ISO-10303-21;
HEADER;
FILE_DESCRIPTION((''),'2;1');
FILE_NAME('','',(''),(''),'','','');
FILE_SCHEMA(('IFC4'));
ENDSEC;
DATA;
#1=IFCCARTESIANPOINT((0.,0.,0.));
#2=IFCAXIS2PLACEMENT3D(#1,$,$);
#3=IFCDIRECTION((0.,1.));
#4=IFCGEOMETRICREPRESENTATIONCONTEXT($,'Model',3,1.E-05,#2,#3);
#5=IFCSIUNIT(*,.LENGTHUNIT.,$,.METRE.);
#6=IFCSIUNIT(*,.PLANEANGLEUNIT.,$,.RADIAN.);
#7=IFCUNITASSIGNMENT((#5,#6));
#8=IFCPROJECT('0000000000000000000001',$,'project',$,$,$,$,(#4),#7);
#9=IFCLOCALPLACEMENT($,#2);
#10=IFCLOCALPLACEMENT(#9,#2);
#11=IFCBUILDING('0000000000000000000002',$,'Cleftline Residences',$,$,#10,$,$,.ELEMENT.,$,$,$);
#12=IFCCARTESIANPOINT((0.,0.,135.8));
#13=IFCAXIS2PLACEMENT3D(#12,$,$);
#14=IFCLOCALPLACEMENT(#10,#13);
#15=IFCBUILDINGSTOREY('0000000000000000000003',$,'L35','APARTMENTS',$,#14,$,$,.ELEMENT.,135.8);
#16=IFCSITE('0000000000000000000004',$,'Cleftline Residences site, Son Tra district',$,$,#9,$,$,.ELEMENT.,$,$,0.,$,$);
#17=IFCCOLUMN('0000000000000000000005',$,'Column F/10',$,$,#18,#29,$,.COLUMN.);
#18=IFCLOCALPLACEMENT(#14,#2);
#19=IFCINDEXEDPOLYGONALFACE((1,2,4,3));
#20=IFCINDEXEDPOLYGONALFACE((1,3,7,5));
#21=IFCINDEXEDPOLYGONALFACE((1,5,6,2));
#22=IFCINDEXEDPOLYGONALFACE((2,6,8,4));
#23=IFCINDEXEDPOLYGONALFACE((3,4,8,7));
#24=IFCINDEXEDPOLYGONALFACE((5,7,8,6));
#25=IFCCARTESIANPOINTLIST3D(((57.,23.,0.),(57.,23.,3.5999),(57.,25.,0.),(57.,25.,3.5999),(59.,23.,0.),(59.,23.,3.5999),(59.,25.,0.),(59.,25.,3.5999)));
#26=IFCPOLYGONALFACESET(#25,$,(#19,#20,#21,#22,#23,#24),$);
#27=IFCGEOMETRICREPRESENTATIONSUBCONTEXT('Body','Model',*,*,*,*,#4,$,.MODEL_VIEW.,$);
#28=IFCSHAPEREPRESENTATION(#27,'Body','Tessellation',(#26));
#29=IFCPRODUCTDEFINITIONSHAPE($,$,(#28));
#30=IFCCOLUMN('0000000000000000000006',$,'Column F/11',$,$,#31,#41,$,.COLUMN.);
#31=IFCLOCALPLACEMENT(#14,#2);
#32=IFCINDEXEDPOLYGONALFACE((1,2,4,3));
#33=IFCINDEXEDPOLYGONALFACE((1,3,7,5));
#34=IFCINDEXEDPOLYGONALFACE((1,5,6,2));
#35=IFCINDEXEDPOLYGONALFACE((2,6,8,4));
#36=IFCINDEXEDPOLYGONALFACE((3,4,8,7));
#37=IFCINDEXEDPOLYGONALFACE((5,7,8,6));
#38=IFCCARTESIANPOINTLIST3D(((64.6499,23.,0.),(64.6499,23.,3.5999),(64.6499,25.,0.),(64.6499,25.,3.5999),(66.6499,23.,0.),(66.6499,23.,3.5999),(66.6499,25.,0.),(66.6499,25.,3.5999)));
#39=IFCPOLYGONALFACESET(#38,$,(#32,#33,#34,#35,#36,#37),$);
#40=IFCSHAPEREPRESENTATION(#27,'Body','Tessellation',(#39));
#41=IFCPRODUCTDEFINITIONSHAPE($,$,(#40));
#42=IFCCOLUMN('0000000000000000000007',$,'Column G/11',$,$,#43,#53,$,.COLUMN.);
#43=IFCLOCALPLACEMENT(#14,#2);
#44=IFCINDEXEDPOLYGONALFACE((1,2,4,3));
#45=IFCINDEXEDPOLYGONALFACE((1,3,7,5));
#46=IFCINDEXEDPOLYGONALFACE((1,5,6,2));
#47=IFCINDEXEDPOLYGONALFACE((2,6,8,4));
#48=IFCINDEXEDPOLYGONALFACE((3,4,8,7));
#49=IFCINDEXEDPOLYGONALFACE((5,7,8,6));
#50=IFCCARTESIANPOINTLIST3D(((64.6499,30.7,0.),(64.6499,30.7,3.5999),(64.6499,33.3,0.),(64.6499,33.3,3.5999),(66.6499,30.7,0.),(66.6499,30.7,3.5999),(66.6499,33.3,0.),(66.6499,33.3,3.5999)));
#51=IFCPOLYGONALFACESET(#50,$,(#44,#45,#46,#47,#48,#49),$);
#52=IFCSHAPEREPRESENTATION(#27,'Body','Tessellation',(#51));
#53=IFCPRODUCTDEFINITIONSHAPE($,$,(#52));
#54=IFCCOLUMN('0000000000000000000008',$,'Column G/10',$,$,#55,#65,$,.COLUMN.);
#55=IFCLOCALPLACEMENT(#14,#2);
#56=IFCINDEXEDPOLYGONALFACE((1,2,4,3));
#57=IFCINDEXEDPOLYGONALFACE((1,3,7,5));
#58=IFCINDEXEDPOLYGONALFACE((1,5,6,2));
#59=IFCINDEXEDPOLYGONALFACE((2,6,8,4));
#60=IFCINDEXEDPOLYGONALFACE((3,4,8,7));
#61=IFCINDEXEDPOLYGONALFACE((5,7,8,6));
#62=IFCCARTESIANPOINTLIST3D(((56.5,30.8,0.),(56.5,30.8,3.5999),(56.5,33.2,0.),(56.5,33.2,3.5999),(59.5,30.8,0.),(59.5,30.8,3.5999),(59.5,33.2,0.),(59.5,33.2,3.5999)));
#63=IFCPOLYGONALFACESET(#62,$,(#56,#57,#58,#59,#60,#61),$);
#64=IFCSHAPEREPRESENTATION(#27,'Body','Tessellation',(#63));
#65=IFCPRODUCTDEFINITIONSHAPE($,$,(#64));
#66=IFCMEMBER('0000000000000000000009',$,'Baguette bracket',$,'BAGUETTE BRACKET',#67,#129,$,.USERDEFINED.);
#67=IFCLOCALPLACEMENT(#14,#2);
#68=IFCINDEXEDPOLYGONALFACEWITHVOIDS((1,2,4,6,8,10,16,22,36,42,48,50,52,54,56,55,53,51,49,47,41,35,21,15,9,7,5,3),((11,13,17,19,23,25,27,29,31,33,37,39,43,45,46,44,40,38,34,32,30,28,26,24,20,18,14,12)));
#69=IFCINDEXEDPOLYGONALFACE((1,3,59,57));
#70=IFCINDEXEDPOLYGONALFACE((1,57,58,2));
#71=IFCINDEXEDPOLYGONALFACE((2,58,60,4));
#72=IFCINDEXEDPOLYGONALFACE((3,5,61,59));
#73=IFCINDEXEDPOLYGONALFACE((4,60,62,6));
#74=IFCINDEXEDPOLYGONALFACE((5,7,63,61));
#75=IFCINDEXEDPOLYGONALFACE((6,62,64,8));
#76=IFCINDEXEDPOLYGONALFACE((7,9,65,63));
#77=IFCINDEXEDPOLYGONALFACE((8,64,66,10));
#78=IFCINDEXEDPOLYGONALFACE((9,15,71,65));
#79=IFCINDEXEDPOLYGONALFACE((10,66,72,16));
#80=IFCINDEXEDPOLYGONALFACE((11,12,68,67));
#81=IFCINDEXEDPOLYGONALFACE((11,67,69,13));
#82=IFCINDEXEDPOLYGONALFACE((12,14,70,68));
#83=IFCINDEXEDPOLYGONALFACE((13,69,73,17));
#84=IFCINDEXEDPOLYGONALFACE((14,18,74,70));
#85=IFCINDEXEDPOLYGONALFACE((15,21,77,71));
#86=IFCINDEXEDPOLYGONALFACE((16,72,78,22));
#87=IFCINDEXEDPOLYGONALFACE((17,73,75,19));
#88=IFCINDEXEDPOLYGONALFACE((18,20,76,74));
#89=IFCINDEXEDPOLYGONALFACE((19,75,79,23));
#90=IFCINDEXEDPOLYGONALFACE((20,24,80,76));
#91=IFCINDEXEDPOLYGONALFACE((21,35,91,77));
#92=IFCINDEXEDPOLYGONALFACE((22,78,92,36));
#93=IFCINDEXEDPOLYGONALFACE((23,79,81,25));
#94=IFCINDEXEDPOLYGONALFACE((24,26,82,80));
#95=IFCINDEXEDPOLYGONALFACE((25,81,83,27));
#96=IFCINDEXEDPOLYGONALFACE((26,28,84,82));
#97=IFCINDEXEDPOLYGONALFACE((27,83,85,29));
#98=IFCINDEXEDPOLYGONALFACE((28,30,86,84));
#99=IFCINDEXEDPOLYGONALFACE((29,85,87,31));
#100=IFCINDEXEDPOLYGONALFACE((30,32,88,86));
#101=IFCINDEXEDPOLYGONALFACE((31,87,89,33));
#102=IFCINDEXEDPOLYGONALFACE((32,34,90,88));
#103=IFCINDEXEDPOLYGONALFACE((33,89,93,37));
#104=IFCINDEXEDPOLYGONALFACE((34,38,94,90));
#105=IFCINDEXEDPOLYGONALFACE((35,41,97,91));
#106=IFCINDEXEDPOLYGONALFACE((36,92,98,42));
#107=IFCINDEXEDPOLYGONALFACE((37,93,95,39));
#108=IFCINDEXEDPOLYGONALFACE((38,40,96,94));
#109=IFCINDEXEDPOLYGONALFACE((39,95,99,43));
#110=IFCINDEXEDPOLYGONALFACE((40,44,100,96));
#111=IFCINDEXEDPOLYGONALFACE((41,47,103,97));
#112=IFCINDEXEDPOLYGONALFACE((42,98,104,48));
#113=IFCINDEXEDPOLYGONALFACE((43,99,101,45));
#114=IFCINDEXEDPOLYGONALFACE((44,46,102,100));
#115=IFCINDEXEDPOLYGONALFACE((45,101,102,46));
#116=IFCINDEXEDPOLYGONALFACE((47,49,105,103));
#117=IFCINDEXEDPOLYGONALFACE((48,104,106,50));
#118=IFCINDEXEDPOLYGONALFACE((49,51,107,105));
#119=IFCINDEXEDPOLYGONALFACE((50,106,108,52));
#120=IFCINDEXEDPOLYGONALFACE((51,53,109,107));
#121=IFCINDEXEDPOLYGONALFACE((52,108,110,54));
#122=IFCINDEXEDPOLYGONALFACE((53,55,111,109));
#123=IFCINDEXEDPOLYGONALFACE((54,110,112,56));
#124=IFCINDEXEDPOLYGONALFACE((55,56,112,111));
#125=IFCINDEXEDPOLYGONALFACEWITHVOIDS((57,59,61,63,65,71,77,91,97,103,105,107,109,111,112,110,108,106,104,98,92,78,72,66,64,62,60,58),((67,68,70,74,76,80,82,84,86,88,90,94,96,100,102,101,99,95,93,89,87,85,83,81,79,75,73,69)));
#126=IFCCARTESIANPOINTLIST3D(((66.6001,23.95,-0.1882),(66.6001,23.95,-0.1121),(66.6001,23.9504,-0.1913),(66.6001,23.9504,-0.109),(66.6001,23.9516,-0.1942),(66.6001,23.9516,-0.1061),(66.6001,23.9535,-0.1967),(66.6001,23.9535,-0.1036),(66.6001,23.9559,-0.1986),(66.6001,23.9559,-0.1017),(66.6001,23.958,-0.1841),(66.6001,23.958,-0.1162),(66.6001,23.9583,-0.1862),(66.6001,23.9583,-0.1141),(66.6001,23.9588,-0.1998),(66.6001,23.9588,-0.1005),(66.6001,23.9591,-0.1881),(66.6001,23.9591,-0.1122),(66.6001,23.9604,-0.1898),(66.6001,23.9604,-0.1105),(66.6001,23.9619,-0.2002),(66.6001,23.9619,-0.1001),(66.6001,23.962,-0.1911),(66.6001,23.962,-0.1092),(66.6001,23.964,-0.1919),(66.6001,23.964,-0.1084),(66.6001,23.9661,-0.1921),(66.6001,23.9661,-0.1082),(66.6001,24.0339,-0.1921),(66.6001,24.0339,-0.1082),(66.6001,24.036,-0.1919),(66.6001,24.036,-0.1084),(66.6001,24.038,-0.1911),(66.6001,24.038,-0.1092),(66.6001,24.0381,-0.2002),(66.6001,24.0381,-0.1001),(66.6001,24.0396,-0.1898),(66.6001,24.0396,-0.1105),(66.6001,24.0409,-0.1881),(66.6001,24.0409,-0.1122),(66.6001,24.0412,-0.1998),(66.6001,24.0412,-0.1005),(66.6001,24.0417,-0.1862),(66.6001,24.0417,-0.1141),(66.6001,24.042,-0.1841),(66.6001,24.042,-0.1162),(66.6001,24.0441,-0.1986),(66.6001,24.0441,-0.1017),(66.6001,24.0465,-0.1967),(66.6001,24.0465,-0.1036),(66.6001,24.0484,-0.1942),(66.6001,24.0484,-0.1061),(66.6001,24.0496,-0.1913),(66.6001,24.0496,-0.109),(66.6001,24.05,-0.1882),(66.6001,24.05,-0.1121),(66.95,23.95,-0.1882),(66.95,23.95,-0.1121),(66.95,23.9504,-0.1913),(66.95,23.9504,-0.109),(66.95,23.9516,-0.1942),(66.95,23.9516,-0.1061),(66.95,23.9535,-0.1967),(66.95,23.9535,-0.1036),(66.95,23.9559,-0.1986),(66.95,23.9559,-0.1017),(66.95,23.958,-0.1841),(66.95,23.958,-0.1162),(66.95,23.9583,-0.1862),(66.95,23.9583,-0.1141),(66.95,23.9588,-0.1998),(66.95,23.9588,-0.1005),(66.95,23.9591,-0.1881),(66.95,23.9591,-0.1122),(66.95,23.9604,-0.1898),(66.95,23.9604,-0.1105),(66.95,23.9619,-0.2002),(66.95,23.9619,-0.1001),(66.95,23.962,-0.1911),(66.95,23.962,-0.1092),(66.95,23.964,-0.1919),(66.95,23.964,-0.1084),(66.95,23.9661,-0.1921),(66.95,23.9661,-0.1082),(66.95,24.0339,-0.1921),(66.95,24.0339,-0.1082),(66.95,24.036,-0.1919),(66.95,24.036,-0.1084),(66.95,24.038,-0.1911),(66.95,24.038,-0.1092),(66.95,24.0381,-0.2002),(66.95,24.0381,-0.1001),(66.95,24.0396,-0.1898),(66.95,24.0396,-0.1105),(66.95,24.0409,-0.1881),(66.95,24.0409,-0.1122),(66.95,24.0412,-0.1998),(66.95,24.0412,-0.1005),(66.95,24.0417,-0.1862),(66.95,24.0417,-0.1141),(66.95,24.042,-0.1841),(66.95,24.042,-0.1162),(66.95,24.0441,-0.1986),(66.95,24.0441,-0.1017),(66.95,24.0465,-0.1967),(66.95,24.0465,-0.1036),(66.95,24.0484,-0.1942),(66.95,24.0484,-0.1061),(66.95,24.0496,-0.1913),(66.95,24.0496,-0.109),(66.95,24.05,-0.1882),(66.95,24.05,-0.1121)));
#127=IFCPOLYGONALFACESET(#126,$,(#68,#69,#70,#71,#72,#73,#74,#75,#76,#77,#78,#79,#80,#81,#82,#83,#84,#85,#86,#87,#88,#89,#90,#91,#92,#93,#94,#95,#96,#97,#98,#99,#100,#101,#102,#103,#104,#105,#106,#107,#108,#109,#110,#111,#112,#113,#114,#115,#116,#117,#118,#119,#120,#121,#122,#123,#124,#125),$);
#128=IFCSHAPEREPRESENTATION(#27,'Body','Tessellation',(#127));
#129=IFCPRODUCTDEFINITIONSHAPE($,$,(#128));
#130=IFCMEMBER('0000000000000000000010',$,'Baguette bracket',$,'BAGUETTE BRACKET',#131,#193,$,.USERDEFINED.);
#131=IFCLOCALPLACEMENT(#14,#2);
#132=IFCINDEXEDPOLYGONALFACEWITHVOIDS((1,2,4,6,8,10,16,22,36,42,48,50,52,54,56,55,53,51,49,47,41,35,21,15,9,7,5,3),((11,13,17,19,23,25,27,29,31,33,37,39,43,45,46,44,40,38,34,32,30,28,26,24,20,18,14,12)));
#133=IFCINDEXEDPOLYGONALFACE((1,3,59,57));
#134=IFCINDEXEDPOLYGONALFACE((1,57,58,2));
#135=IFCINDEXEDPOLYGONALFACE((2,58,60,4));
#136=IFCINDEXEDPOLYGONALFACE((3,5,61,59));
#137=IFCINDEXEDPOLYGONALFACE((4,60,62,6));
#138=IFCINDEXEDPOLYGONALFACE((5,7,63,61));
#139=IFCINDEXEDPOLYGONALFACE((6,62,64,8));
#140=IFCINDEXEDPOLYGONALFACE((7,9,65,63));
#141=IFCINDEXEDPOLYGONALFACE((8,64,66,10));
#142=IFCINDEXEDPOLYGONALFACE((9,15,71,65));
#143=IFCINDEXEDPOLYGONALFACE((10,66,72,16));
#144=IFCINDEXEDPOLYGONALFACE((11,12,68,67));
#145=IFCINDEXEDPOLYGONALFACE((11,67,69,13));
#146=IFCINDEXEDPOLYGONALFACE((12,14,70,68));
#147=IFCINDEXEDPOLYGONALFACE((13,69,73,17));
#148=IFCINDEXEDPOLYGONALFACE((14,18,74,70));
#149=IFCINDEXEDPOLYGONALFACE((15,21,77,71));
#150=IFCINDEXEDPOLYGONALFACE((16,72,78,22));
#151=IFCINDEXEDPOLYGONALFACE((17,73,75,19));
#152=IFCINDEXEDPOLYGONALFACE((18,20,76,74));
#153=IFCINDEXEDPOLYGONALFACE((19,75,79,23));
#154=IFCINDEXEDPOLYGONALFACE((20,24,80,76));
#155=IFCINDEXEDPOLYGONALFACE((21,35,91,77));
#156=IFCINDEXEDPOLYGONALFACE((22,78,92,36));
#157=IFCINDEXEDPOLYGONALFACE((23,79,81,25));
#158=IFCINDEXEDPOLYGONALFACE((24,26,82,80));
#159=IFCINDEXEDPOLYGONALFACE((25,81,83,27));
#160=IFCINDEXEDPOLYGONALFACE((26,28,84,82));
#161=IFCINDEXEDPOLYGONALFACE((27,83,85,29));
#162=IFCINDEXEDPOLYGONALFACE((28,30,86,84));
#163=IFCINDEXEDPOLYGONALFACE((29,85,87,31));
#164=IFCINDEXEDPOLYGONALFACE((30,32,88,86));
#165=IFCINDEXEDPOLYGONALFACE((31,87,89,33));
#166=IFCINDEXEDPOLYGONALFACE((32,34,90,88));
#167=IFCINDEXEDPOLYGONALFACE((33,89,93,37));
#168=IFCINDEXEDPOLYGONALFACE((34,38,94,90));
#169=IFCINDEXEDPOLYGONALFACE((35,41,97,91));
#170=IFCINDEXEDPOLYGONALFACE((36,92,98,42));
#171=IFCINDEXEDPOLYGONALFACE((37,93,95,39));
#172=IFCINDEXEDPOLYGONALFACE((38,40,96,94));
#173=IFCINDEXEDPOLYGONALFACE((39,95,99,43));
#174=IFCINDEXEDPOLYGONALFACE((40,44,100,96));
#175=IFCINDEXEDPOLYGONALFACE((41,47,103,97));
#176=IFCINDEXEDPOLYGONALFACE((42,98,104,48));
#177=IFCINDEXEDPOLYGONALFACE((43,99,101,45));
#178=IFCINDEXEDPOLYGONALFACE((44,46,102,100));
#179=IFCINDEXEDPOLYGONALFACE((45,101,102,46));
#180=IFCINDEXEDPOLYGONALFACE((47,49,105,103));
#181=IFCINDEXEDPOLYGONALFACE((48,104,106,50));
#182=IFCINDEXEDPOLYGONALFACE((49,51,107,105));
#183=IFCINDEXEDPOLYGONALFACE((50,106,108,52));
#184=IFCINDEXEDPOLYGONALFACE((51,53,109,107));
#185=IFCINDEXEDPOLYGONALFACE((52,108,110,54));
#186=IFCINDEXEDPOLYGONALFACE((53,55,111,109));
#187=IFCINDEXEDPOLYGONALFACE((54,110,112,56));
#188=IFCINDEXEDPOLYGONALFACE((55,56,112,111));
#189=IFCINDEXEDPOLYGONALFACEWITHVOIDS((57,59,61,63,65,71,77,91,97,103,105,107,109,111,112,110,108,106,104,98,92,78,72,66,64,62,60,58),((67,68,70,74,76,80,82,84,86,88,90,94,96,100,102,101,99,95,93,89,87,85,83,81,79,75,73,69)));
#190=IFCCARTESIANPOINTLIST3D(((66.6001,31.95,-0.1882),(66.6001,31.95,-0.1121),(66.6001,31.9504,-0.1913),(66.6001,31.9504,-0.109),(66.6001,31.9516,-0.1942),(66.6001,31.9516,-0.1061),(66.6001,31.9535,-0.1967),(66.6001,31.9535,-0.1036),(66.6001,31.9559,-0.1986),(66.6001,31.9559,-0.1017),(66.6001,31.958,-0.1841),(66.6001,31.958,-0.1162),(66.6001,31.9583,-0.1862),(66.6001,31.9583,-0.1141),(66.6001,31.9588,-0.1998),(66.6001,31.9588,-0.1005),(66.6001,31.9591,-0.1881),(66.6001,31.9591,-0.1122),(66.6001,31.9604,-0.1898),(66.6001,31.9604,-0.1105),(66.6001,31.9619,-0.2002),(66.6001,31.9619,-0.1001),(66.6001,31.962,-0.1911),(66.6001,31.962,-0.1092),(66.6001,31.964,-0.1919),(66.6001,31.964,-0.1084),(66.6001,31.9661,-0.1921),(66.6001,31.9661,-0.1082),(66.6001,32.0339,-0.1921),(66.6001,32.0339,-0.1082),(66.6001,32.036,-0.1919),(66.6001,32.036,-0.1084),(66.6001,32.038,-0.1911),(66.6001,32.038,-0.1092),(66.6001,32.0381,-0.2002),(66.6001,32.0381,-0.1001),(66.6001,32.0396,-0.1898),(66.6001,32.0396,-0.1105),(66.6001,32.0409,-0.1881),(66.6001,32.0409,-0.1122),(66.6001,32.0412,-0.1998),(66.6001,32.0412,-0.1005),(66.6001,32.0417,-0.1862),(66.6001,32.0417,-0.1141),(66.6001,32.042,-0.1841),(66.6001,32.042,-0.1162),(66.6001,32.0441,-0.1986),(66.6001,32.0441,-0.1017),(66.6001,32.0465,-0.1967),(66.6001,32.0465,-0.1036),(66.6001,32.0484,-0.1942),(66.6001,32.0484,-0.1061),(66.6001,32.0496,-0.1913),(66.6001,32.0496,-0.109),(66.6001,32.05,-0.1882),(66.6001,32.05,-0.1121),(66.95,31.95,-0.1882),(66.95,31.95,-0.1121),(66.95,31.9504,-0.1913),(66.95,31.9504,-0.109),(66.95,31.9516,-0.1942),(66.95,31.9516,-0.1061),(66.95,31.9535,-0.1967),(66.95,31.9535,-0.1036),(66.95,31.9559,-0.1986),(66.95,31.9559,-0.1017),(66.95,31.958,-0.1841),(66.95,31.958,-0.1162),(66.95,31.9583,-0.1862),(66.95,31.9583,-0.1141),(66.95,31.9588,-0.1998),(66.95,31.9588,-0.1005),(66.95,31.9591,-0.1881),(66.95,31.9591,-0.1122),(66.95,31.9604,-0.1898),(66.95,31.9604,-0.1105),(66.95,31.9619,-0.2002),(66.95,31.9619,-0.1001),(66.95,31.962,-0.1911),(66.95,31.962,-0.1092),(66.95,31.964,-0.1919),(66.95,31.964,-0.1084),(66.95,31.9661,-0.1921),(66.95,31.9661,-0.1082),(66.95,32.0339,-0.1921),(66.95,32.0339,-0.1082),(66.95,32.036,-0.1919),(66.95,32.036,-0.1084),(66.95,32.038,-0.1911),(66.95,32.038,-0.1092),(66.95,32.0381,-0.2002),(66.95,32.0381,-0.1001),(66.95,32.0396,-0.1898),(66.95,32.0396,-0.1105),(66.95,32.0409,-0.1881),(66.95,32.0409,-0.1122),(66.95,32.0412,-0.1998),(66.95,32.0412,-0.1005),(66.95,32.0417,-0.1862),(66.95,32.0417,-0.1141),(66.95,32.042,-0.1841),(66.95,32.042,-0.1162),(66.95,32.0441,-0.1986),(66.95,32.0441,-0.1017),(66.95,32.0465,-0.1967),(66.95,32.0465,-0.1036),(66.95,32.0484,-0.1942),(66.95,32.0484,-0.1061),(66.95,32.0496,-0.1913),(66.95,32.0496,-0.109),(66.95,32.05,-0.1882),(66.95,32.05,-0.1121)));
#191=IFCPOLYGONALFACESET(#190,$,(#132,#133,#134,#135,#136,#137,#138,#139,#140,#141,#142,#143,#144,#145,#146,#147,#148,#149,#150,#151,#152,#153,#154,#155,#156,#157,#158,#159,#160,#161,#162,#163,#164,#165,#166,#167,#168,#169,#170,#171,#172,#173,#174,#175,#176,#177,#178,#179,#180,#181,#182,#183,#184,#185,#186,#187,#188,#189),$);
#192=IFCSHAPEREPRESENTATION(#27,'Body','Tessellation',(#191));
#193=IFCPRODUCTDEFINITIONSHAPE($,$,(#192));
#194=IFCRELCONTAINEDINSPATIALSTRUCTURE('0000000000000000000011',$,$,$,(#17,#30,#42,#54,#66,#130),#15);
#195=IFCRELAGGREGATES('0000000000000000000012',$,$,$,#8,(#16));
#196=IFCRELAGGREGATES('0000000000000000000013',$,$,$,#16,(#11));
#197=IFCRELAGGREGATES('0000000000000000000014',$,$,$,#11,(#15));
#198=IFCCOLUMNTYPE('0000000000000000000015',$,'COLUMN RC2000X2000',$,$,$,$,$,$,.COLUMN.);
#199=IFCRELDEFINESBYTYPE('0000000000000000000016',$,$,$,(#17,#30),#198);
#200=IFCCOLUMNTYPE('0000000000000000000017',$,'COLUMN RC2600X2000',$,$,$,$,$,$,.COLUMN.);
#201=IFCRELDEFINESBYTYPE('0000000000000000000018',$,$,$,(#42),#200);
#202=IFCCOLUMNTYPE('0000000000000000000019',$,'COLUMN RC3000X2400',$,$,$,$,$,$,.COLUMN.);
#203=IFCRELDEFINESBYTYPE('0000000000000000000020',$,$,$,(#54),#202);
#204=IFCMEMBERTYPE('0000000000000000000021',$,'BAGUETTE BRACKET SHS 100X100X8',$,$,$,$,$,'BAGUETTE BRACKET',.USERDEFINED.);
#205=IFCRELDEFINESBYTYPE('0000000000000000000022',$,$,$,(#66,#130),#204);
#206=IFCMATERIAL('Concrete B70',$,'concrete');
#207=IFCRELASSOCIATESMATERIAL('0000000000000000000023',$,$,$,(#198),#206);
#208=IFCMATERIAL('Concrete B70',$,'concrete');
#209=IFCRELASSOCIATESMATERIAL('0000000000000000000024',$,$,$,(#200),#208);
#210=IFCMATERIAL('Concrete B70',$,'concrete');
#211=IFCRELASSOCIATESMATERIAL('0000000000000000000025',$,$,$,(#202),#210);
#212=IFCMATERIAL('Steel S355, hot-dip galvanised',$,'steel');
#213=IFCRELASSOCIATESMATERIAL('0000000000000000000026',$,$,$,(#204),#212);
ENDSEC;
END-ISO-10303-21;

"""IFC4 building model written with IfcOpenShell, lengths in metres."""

from ifc_helpers import new_model, si_unit, direction, frame, origin, origin_2d, place, context, subcontext, project, spatial, rectangle, hollow_rectangle, extrude, material, material_profile, profile_set, type_object, element, save


model = new_model("IFC4")

# Units and contexts
model_context = context("Model", 3, precision=1e-05, world=origin(), true_north=direction((0.0, 1.0)))
body_context = subcontext(model_context, "Body", "Model", "MODEL_VIEW")
ifc_project = project(units=[si_unit("LENGTHUNIT", "METRE"), si_unit("PLANEANGLEUNIT", "RADIAN")], contexts=[model_context])

# Site, building, storey
site_placement = place(None, origin())
site = spatial("IfcSite", under=ifc_project, at=site_placement, Name="Cleftline Residences site, Son Tra district", CompositionType="ELEMENT", RefElevation=0.0)
building_placement = place(site_placement, origin())
building = spatial("IfcBuilding", under=site, at=building_placement, Name="Cleftline Residences", CompositionType="ELEMENT")
storey_placement = place(building_placement, frame((0.0, 0.0, 135.8)))
storey = spatial("IfcBuildingStorey", under=building, at=storey_placement, Name="L35", Description="APARTMENTS", CompositionType="ELEMENT", Elevation=135.8)

# Columns
ifc_material_1 = material(Name="Concrete B70", Category="concrete")
ifc_material_profile_1 = material_profile(ifc_material_1, rectangle(XDim=2.0, YDim=2.0, at=origin_2d()))
ifc_profile_set_1 = profile_set([ifc_material_profile_1], Name="Concrete B70")
column_type_1 = type_object("IfcColumnType", Name="COLUMN RC2000X2000", PredefinedType="COLUMN", material=ifc_profile_set_1)
for number, where, z_axis, x_axis, name in (
    (1, (58.0, 24.0, 0.0), (0.0, 0.0, 1.0), (1.0, 0.0, 0.0), "Column F/10"),
    (2, (65.6499, 24.0, 0.0), (0.0, 0.0, 1.0), (1.0, 0.0, 0.0), "Column F/11"),
):
    element("IfcColumn", number, at=place(storey_placement, frame(where, z_axis=z_axis, x_axis=x_axis)), inside=storey, type_object=column_type_1, Name=name, PredefinedType="COLUMN", context=body_context, shape_type="SweptSolid", body=[
        extrude(rectangle(XDim=2.0, YDim=2.0, at=origin_2d()), origin(), (0.0, 0.0, 1.0), 3.5999),
    ])
ifc_material_2 = material(Name="Concrete B70", Category="concrete")
ifc_material_profile_2 = material_profile(ifc_material_2, rectangle(XDim=2.6001, YDim=2.0, at=origin_2d()))
ifc_profile_set_2 = profile_set([ifc_material_profile_2], Name="Concrete B70")
column_type_2 = type_object("IfcColumnType", Name="COLUMN RC2600X2000", PredefinedType="COLUMN", material=ifc_profile_set_2)
column_1_placement = place(storey_placement, frame((65.6499, 32.0, 0.0), z_axis=(0.0, 0.0, 1.0), x_axis=(0.0, 1.0, 0.0)))
element("IfcColumn", 3, at=column_1_placement, inside=storey, type_object=column_type_2, Name="Column G/11", PredefinedType="COLUMN", context=body_context, shape_type="SweptSolid", body=[
    extrude(rectangle(XDim=2.6001, YDim=2.0, at=origin_2d()), origin(), (0.0, 0.0, 1.0), 3.5999),
])
ifc_material_3 = material(Name="Concrete B70", Category="concrete")
ifc_material_profile_3 = material_profile(ifc_material_3, rectangle(XDim=3.0, YDim=2.3999, at=origin_2d()))
ifc_profile_set_3 = profile_set([ifc_material_profile_3], Name="Concrete B70")
column_type_3 = type_object("IfcColumnType", Name="COLUMN RC3000X2400", PredefinedType="COLUMN", material=ifc_profile_set_3)
column_2_placement = place(storey_placement, frame((58.0, 32.0, 0.0), z_axis=(0.0, 0.0, 1.0), x_axis=(1.0, 0.0, 0.0)))
element("IfcColumn", 4, at=column_2_placement, inside=storey, type_object=column_type_3, Name="Column G/10", PredefinedType="COLUMN", context=body_context, shape_type="SweptSolid", body=[
    extrude(rectangle(XDim=3.0, YDim=2.3999, at=origin_2d()), origin(), (0.0, 0.0, 1.0), 3.5999),
])

# Members
ifc_material_4 = material(Name="Steel S355, hot-dip galvanised", Category="steel")
ifc_material_profile_4 = material_profile(ifc_material_4, hollow_rectangle(XDim=0.1001, YDim=0.1001, WallThickness=0.0081, InnerFilletRadius=0.0081, OuterFilletRadius=0.012, at=origin_2d()))
ifc_profile_set_4 = profile_set([ifc_material_profile_4], Name="Steel S355, hot-dip galvanised")
member_type_1 = type_object("IfcMemberType", Name="BAGUETTE BRACKET SHS 100X100X8", ElementType="BAGUETTE BRACKET", PredefinedType="USERDEFINED", material=ifc_profile_set_4)
for number, where, z_axis, x_axis, name in (
    (5, (66.6001, 24.0, -0.1501), (1.0, 0.0, 0.0), (0.0, 1.0, 0.0), "Baguette bracket"),
    (6, (66.6001, 32.0, -0.1501), (1.0, 0.0, 0.0), (0.0, 1.0, 0.0), "Baguette bracket"),
):
    element("IfcMember", number, at=place(storey_placement, frame(where, z_axis=z_axis, x_axis=x_axis)), inside=storey, type_object=member_type_1, Name=name, ObjectType="BAGUETTE BRACKET", PredefinedType="USERDEFINED", context=body_context, shape_type="SweptSolid", body=[
        extrude(hollow_rectangle(XDim=0.1001, YDim=0.1001, WallThickness=0.0081, InnerFilletRadius=0.0081, OuterFilletRadius=0.012, at=origin_2d()), origin(), (0.0, 0.0, 1.0), 0.3499),
    ])

save(model, "model.ifc")
